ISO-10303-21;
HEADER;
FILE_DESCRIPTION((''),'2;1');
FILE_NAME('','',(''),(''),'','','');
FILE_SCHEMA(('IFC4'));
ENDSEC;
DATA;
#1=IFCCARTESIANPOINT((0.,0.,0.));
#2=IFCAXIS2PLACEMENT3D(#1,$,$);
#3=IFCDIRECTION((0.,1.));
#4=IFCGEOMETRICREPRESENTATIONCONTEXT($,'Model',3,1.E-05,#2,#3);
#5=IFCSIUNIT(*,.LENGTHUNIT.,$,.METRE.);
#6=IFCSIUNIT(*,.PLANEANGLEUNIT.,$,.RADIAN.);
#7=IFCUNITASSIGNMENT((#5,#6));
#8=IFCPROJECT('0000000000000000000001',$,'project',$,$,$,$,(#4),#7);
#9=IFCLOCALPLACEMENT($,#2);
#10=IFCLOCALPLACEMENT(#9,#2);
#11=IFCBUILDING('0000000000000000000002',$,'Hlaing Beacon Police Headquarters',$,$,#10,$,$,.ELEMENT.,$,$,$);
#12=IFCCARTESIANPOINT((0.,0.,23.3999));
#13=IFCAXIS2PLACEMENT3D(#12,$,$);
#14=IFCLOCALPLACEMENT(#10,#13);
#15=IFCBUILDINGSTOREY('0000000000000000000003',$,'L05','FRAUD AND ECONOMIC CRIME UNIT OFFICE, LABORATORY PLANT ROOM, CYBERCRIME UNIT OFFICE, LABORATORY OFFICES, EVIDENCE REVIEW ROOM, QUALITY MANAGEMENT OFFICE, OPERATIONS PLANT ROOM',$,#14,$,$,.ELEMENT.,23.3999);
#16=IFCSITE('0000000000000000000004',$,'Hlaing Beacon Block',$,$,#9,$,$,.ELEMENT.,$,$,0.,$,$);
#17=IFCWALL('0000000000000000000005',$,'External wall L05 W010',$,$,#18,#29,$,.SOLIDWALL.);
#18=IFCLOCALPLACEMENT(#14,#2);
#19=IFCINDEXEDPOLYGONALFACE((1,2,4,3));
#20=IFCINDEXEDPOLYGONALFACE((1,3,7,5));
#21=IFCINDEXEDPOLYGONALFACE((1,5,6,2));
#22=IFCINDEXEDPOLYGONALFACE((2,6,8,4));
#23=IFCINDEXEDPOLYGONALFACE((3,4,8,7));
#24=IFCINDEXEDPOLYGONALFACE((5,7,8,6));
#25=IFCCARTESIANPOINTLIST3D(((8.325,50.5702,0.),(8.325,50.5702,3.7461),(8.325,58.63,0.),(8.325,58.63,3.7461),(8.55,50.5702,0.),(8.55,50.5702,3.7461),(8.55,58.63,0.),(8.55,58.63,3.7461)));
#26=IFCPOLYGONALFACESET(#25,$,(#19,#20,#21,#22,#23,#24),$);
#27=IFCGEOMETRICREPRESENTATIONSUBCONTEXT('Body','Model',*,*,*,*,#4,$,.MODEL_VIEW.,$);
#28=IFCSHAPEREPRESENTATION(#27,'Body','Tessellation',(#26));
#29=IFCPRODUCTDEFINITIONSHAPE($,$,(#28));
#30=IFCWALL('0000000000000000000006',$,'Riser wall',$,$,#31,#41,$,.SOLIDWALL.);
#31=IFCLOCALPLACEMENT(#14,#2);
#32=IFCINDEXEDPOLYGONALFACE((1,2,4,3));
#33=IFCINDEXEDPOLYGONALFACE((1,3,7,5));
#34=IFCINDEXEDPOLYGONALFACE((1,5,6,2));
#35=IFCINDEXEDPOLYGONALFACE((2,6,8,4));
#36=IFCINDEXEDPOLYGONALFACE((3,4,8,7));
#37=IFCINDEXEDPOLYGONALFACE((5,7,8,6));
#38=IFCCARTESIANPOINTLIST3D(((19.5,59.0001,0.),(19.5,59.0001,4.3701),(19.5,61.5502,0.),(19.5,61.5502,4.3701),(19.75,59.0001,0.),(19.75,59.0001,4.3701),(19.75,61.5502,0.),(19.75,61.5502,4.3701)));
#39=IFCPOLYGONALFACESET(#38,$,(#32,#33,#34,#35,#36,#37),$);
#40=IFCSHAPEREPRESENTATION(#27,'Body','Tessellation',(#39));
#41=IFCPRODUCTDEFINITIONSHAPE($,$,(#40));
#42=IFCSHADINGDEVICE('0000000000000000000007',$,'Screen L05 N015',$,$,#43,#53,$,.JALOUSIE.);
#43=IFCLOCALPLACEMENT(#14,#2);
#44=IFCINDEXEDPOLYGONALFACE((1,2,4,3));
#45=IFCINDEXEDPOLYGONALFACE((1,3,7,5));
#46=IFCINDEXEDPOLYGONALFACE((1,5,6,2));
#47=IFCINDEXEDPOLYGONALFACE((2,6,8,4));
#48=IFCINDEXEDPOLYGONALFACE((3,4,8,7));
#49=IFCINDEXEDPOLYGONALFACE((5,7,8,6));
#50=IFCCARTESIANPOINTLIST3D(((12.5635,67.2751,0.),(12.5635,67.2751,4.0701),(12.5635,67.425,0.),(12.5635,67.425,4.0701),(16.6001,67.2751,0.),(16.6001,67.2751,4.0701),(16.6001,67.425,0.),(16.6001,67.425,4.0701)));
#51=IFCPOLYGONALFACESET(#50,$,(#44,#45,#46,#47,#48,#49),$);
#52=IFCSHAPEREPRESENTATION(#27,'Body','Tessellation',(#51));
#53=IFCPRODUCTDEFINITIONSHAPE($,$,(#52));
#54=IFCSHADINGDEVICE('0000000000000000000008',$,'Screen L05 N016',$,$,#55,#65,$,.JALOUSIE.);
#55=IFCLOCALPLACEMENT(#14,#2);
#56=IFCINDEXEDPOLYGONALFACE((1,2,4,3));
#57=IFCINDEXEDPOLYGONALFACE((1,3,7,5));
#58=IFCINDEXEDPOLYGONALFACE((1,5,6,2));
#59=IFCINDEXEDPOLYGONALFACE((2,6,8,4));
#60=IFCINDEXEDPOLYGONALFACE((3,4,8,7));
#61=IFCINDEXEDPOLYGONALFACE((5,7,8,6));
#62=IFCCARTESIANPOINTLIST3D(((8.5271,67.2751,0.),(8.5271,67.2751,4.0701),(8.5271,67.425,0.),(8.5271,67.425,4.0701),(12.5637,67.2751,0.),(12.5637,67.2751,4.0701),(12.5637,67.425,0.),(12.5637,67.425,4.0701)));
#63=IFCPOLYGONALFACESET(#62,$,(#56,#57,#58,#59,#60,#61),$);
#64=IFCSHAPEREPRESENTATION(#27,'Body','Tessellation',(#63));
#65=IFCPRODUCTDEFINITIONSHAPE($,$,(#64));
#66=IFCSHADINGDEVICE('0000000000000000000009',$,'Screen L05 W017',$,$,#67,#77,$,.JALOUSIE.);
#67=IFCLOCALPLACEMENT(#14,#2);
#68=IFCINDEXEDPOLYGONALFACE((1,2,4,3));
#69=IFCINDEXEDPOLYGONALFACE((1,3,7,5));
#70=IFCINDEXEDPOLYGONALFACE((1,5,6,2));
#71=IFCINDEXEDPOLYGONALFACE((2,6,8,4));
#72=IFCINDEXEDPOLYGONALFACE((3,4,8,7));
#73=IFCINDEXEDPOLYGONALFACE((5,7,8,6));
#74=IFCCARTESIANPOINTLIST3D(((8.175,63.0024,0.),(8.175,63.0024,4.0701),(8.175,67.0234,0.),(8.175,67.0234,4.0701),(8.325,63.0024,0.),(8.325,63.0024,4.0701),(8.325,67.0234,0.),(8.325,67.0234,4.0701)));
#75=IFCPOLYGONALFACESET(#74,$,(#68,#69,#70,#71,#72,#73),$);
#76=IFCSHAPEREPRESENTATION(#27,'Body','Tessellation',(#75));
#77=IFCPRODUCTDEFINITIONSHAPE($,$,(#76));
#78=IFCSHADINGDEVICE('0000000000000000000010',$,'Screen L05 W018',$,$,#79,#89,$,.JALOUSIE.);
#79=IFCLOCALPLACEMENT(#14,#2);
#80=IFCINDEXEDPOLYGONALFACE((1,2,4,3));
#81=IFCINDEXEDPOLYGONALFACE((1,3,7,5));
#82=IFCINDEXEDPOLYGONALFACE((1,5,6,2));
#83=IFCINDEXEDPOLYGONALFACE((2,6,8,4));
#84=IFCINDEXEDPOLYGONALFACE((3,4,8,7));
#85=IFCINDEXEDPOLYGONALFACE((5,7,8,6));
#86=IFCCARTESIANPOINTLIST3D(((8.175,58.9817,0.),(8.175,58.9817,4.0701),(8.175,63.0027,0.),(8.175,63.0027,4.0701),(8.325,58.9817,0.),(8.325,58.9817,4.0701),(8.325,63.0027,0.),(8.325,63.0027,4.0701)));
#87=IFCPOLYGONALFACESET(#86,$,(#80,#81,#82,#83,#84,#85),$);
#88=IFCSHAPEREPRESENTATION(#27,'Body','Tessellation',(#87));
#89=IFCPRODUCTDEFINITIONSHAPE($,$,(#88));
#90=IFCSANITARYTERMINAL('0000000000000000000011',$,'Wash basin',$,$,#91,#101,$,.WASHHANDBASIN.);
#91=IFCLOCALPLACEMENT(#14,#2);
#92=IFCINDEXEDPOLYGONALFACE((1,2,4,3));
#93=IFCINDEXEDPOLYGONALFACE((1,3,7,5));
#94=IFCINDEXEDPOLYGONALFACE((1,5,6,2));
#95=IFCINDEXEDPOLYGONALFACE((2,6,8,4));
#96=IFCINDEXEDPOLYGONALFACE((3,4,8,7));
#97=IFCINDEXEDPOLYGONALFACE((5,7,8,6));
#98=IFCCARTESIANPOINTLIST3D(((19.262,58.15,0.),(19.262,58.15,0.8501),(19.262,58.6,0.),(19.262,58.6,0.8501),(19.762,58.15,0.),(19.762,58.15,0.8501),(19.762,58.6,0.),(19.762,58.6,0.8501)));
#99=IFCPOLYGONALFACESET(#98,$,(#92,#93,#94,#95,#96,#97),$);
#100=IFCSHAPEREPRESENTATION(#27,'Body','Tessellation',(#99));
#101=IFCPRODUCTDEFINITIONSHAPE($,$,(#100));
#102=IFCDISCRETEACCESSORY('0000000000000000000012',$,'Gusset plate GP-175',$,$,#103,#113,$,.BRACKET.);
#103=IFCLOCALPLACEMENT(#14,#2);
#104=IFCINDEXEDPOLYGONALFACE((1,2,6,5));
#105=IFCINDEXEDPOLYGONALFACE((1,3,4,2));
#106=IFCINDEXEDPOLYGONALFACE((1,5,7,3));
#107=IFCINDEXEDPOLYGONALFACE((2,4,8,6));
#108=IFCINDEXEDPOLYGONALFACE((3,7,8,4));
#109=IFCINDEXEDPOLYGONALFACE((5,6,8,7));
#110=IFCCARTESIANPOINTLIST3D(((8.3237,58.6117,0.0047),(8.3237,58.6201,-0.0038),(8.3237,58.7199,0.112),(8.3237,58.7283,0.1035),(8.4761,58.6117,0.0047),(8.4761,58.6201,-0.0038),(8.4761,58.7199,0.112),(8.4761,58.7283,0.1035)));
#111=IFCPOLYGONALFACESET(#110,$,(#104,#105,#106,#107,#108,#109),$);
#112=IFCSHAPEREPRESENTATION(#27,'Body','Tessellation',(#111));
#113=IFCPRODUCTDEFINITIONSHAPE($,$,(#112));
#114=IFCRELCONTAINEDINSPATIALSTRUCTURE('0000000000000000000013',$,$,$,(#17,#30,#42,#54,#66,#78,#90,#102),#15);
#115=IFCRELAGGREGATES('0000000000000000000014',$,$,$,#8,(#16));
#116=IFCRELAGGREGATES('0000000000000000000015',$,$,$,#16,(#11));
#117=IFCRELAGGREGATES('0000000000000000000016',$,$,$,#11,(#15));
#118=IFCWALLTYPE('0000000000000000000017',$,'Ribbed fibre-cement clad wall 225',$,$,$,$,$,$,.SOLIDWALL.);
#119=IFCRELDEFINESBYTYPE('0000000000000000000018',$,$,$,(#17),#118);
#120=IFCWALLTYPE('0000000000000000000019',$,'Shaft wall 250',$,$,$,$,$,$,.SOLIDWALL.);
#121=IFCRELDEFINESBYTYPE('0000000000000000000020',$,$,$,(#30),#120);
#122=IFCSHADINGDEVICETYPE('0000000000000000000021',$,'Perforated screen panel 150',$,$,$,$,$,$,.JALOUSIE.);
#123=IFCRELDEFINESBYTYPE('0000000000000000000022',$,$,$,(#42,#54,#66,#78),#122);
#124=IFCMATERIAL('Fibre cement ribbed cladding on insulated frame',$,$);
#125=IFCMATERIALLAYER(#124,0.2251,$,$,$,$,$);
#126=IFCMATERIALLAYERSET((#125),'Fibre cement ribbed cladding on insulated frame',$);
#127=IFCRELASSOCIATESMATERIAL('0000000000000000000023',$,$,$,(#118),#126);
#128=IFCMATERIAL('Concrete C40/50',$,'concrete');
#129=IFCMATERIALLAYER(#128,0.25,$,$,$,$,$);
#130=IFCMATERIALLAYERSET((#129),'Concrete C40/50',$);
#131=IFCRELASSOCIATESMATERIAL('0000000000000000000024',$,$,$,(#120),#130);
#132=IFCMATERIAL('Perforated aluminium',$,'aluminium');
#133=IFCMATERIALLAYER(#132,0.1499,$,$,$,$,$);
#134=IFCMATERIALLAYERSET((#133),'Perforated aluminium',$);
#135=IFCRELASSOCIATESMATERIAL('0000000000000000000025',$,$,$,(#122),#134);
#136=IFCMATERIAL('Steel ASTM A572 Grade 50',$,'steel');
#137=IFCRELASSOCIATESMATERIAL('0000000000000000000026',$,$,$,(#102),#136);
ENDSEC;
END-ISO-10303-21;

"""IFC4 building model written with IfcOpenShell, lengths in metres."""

from ifc_helpers import new_model, si_unit, direction, frame, frame_2d, origin, origin_2d, place, context, subcontext, project, spatial, rectangle, extrude, material, layer, layer_set, type_object, element, save


model = new_model("IFC4")

# Units and contexts
model_context = context("Model", 3, precision=1e-05, world=origin(), true_north=direction((0.0, 1.0)))
body_context = subcontext(model_context, "Body", "Model", "MODEL_VIEW")
ifc_project = project(units=[si_unit("LENGTHUNIT", "METRE"), si_unit("PLANEANGLEUNIT", "RADIAN")], contexts=[model_context])

# Site, building, storey
site_placement = place(None, origin())
site = spatial("IfcSite", under=ifc_project, at=site_placement, Name="Hlaing Beacon Block", CompositionType="ELEMENT", RefElevation=0.0)
building_placement = place(site_placement, origin())
building = spatial("IfcBuilding", under=site, at=building_placement, Name="Hlaing Beacon Police Headquarters", CompositionType="ELEMENT")
storey_placement = place(building_placement, frame((0.0, 0.0, 23.3999)))
storey = spatial("IfcBuildingStorey", under=building, at=storey_placement, Name="L05", Description="FRAUD AND ECONOMIC CRIME UNIT OFFICE, LABORATORY PLANT ROOM, CYBERCRIME UNIT OFFICE, LABORATORY OFFICES, EVIDENCE REVIEW ROOM, QUALITY MANAGEMENT OFFICE, OPERATIONS PLANT ROOM", CompositionType="ELEMENT", Elevation=23.3999)

# Shared definitions
ifc_material_1 = material(Name="Fibre cement ribbed cladding on insulated frame")
ifc_layer_1 = layer(ifc_material_1, 0.2251)
ifc_layer_set_1 = layer_set([ifc_layer_1], Name="Fibre cement ribbed cladding on insulated frame")
wall_type_1 = type_object("IfcWallType", Name="Ribbed fibre-cement clad wall 225", PredefinedType="SOLIDWALL", material=ifc_layer_set_1)

# Walls
wall_1_placement = place(storey_placement, frame((8.4375, 58.6299, 0.0), z_axis=(0.0, 0.0, 1.0), x_axis=(0.0, -1.0, 0.0)))
element("IfcWall", 1, at=wall_1_placement, inside=storey, type_object=wall_type_1, Name="External wall L05 W010", PredefinedType="SOLIDWALL", context=body_context, shape_type="SweptSolid", body=[
    extrude(rectangle(XDim=8.0598, YDim=0.2251, at=frame_2d((4.0298, 0.0))), origin(), (0.0, 0.0, 1.0), 3.7461),
])
ifc_material_2 = material(Name="Concrete C40/50", Category="concrete")
ifc_layer_2 = layer(ifc_material_2, 0.25)
ifc_layer_set_2 = layer_set([ifc_layer_2], Name="Concrete C40/50")
wall_type_2 = type_object("IfcWallType", Name="Shaft wall 250", PredefinedType="SOLIDWALL", material=ifc_layer_set_2)
wall_2_placement = place(storey_placement, frame((19.625, 61.55, 0.0), z_axis=(0.0, 0.0, 1.0), x_axis=(0.0, -1.0, 0.0)))
element("IfcWall", 2, at=wall_2_placement, inside=storey, type_object=wall_type_2, Name="Riser wall", PredefinedType="SOLIDWALL", context=body_context, shape_type="SweptSolid", body=[
    extrude(rectangle(XDim=2.55, YDim=0.25, at=frame_2d((1.2749, 0.0))), origin(), (0.0, 0.0, 1.0), 4.3701),
])

# Shading devices
ifc_material_3 = material(Name="Perforated aluminium", Category="aluminium")
ifc_layer_3 = layer(ifc_material_3, 0.1499)
ifc_layer_set_3 = layer_set([ifc_layer_3], Name="Perforated aluminium")
shading_device_type = type_object("IfcShadingDeviceType", Name="Perforated screen panel 150", PredefinedType="JALOUSIE", material=ifc_layer_set_3)
for number, where, z_axis, x_axis, name in (
    (3, (14.5818, 67.3501, 0.0), (0.0, 0.0, 1.0), (-1.0, 0.0, 0.0), "Screen L05 N015"),
    (4, (10.5454, 67.3501, 0.0), (0.0, 0.0, 1.0), (-1.0, 0.0, 0.0), "Screen L05 N016"),
):
    element("IfcShadingDevice", number, at=place(storey_placement, frame(where, z_axis=z_axis, x_axis=x_axis)), inside=storey, type_object=shading_device_type, Name=name, PredefinedType="JALOUSIE", context=body_context, shape_type="SweptSolid", body=[
        extrude(rectangle(XDim=4.0366, YDim=0.1499, at=origin_2d()), origin(), (0.0, 0.0, 1.0), 4.0701),
    ])
for number, where, z_axis, x_axis, name in (
    (5, (8.25, 65.0129, 0.0), (0.0, 0.0, 1.0), (0.0, -1.0, 0.0), "Screen L05 W017"),
    (6, (8.25, 60.9922, 0.0), (0.0, 0.0, 1.0), (0.0, -1.0, 0.0), "Screen L05 W018"),
):
    element("IfcShadingDevice", number, at=place(storey_placement, frame(where, z_axis=z_axis, x_axis=x_axis)), inside=storey, type_object=shading_device_type, Name=name, PredefinedType="JALOUSIE", context=body_context, shape_type="SweptSolid", body=[
        extrude(rectangle(XDim=4.021, YDim=0.1499, at=origin_2d()), origin(), (0.0, 0.0, 1.0), 4.0701),
    ])

# Sanitary terminal
sanitary_terminal_placement = place(storey_placement, frame((19.512, 58.375, 0.0), z_axis=(0.0, 0.0, 1.0), x_axis=(1.0, 0.0, 0.0)))
element("IfcSanitaryTerminal", 7, at=sanitary_terminal_placement, inside=storey, Name="Wash basin", PredefinedType="WASHHANDBASIN", context=body_context, shape_type="SweptSolid", body=[
    extrude(rectangle(XDim=0.5, YDim=0.45, at=origin_2d()), origin(), (0.0, 0.0, 1.0), 0.8501),
])

# Discrete accessory
ifc_material_4 = material(Name="Steel ASTM A572 Grade 50", Category="steel")
discrete_accessory_placement = place(storey_placement, frame((8.3999, 58.6658, 0.0583), z_axis=(0.0, 0.704102, -0.710099), x_axis=(-1.0, 0.0, 0.0)))
element("IfcDiscreteAccessory", 8, at=discrete_accessory_placement, inside=storey, material=ifc_material_4, Name="Gusset plate GP-175", PredefinedType="BRACKET", context=body_context, shape_type="SweptSolid", body=[
    extrude(rectangle(XDim=0.1523, YDim=0.1523, at=origin_2d()), origin(), (0.0, 0.0, 1.0), 0.012),
])

save(model, "model.ifc")
